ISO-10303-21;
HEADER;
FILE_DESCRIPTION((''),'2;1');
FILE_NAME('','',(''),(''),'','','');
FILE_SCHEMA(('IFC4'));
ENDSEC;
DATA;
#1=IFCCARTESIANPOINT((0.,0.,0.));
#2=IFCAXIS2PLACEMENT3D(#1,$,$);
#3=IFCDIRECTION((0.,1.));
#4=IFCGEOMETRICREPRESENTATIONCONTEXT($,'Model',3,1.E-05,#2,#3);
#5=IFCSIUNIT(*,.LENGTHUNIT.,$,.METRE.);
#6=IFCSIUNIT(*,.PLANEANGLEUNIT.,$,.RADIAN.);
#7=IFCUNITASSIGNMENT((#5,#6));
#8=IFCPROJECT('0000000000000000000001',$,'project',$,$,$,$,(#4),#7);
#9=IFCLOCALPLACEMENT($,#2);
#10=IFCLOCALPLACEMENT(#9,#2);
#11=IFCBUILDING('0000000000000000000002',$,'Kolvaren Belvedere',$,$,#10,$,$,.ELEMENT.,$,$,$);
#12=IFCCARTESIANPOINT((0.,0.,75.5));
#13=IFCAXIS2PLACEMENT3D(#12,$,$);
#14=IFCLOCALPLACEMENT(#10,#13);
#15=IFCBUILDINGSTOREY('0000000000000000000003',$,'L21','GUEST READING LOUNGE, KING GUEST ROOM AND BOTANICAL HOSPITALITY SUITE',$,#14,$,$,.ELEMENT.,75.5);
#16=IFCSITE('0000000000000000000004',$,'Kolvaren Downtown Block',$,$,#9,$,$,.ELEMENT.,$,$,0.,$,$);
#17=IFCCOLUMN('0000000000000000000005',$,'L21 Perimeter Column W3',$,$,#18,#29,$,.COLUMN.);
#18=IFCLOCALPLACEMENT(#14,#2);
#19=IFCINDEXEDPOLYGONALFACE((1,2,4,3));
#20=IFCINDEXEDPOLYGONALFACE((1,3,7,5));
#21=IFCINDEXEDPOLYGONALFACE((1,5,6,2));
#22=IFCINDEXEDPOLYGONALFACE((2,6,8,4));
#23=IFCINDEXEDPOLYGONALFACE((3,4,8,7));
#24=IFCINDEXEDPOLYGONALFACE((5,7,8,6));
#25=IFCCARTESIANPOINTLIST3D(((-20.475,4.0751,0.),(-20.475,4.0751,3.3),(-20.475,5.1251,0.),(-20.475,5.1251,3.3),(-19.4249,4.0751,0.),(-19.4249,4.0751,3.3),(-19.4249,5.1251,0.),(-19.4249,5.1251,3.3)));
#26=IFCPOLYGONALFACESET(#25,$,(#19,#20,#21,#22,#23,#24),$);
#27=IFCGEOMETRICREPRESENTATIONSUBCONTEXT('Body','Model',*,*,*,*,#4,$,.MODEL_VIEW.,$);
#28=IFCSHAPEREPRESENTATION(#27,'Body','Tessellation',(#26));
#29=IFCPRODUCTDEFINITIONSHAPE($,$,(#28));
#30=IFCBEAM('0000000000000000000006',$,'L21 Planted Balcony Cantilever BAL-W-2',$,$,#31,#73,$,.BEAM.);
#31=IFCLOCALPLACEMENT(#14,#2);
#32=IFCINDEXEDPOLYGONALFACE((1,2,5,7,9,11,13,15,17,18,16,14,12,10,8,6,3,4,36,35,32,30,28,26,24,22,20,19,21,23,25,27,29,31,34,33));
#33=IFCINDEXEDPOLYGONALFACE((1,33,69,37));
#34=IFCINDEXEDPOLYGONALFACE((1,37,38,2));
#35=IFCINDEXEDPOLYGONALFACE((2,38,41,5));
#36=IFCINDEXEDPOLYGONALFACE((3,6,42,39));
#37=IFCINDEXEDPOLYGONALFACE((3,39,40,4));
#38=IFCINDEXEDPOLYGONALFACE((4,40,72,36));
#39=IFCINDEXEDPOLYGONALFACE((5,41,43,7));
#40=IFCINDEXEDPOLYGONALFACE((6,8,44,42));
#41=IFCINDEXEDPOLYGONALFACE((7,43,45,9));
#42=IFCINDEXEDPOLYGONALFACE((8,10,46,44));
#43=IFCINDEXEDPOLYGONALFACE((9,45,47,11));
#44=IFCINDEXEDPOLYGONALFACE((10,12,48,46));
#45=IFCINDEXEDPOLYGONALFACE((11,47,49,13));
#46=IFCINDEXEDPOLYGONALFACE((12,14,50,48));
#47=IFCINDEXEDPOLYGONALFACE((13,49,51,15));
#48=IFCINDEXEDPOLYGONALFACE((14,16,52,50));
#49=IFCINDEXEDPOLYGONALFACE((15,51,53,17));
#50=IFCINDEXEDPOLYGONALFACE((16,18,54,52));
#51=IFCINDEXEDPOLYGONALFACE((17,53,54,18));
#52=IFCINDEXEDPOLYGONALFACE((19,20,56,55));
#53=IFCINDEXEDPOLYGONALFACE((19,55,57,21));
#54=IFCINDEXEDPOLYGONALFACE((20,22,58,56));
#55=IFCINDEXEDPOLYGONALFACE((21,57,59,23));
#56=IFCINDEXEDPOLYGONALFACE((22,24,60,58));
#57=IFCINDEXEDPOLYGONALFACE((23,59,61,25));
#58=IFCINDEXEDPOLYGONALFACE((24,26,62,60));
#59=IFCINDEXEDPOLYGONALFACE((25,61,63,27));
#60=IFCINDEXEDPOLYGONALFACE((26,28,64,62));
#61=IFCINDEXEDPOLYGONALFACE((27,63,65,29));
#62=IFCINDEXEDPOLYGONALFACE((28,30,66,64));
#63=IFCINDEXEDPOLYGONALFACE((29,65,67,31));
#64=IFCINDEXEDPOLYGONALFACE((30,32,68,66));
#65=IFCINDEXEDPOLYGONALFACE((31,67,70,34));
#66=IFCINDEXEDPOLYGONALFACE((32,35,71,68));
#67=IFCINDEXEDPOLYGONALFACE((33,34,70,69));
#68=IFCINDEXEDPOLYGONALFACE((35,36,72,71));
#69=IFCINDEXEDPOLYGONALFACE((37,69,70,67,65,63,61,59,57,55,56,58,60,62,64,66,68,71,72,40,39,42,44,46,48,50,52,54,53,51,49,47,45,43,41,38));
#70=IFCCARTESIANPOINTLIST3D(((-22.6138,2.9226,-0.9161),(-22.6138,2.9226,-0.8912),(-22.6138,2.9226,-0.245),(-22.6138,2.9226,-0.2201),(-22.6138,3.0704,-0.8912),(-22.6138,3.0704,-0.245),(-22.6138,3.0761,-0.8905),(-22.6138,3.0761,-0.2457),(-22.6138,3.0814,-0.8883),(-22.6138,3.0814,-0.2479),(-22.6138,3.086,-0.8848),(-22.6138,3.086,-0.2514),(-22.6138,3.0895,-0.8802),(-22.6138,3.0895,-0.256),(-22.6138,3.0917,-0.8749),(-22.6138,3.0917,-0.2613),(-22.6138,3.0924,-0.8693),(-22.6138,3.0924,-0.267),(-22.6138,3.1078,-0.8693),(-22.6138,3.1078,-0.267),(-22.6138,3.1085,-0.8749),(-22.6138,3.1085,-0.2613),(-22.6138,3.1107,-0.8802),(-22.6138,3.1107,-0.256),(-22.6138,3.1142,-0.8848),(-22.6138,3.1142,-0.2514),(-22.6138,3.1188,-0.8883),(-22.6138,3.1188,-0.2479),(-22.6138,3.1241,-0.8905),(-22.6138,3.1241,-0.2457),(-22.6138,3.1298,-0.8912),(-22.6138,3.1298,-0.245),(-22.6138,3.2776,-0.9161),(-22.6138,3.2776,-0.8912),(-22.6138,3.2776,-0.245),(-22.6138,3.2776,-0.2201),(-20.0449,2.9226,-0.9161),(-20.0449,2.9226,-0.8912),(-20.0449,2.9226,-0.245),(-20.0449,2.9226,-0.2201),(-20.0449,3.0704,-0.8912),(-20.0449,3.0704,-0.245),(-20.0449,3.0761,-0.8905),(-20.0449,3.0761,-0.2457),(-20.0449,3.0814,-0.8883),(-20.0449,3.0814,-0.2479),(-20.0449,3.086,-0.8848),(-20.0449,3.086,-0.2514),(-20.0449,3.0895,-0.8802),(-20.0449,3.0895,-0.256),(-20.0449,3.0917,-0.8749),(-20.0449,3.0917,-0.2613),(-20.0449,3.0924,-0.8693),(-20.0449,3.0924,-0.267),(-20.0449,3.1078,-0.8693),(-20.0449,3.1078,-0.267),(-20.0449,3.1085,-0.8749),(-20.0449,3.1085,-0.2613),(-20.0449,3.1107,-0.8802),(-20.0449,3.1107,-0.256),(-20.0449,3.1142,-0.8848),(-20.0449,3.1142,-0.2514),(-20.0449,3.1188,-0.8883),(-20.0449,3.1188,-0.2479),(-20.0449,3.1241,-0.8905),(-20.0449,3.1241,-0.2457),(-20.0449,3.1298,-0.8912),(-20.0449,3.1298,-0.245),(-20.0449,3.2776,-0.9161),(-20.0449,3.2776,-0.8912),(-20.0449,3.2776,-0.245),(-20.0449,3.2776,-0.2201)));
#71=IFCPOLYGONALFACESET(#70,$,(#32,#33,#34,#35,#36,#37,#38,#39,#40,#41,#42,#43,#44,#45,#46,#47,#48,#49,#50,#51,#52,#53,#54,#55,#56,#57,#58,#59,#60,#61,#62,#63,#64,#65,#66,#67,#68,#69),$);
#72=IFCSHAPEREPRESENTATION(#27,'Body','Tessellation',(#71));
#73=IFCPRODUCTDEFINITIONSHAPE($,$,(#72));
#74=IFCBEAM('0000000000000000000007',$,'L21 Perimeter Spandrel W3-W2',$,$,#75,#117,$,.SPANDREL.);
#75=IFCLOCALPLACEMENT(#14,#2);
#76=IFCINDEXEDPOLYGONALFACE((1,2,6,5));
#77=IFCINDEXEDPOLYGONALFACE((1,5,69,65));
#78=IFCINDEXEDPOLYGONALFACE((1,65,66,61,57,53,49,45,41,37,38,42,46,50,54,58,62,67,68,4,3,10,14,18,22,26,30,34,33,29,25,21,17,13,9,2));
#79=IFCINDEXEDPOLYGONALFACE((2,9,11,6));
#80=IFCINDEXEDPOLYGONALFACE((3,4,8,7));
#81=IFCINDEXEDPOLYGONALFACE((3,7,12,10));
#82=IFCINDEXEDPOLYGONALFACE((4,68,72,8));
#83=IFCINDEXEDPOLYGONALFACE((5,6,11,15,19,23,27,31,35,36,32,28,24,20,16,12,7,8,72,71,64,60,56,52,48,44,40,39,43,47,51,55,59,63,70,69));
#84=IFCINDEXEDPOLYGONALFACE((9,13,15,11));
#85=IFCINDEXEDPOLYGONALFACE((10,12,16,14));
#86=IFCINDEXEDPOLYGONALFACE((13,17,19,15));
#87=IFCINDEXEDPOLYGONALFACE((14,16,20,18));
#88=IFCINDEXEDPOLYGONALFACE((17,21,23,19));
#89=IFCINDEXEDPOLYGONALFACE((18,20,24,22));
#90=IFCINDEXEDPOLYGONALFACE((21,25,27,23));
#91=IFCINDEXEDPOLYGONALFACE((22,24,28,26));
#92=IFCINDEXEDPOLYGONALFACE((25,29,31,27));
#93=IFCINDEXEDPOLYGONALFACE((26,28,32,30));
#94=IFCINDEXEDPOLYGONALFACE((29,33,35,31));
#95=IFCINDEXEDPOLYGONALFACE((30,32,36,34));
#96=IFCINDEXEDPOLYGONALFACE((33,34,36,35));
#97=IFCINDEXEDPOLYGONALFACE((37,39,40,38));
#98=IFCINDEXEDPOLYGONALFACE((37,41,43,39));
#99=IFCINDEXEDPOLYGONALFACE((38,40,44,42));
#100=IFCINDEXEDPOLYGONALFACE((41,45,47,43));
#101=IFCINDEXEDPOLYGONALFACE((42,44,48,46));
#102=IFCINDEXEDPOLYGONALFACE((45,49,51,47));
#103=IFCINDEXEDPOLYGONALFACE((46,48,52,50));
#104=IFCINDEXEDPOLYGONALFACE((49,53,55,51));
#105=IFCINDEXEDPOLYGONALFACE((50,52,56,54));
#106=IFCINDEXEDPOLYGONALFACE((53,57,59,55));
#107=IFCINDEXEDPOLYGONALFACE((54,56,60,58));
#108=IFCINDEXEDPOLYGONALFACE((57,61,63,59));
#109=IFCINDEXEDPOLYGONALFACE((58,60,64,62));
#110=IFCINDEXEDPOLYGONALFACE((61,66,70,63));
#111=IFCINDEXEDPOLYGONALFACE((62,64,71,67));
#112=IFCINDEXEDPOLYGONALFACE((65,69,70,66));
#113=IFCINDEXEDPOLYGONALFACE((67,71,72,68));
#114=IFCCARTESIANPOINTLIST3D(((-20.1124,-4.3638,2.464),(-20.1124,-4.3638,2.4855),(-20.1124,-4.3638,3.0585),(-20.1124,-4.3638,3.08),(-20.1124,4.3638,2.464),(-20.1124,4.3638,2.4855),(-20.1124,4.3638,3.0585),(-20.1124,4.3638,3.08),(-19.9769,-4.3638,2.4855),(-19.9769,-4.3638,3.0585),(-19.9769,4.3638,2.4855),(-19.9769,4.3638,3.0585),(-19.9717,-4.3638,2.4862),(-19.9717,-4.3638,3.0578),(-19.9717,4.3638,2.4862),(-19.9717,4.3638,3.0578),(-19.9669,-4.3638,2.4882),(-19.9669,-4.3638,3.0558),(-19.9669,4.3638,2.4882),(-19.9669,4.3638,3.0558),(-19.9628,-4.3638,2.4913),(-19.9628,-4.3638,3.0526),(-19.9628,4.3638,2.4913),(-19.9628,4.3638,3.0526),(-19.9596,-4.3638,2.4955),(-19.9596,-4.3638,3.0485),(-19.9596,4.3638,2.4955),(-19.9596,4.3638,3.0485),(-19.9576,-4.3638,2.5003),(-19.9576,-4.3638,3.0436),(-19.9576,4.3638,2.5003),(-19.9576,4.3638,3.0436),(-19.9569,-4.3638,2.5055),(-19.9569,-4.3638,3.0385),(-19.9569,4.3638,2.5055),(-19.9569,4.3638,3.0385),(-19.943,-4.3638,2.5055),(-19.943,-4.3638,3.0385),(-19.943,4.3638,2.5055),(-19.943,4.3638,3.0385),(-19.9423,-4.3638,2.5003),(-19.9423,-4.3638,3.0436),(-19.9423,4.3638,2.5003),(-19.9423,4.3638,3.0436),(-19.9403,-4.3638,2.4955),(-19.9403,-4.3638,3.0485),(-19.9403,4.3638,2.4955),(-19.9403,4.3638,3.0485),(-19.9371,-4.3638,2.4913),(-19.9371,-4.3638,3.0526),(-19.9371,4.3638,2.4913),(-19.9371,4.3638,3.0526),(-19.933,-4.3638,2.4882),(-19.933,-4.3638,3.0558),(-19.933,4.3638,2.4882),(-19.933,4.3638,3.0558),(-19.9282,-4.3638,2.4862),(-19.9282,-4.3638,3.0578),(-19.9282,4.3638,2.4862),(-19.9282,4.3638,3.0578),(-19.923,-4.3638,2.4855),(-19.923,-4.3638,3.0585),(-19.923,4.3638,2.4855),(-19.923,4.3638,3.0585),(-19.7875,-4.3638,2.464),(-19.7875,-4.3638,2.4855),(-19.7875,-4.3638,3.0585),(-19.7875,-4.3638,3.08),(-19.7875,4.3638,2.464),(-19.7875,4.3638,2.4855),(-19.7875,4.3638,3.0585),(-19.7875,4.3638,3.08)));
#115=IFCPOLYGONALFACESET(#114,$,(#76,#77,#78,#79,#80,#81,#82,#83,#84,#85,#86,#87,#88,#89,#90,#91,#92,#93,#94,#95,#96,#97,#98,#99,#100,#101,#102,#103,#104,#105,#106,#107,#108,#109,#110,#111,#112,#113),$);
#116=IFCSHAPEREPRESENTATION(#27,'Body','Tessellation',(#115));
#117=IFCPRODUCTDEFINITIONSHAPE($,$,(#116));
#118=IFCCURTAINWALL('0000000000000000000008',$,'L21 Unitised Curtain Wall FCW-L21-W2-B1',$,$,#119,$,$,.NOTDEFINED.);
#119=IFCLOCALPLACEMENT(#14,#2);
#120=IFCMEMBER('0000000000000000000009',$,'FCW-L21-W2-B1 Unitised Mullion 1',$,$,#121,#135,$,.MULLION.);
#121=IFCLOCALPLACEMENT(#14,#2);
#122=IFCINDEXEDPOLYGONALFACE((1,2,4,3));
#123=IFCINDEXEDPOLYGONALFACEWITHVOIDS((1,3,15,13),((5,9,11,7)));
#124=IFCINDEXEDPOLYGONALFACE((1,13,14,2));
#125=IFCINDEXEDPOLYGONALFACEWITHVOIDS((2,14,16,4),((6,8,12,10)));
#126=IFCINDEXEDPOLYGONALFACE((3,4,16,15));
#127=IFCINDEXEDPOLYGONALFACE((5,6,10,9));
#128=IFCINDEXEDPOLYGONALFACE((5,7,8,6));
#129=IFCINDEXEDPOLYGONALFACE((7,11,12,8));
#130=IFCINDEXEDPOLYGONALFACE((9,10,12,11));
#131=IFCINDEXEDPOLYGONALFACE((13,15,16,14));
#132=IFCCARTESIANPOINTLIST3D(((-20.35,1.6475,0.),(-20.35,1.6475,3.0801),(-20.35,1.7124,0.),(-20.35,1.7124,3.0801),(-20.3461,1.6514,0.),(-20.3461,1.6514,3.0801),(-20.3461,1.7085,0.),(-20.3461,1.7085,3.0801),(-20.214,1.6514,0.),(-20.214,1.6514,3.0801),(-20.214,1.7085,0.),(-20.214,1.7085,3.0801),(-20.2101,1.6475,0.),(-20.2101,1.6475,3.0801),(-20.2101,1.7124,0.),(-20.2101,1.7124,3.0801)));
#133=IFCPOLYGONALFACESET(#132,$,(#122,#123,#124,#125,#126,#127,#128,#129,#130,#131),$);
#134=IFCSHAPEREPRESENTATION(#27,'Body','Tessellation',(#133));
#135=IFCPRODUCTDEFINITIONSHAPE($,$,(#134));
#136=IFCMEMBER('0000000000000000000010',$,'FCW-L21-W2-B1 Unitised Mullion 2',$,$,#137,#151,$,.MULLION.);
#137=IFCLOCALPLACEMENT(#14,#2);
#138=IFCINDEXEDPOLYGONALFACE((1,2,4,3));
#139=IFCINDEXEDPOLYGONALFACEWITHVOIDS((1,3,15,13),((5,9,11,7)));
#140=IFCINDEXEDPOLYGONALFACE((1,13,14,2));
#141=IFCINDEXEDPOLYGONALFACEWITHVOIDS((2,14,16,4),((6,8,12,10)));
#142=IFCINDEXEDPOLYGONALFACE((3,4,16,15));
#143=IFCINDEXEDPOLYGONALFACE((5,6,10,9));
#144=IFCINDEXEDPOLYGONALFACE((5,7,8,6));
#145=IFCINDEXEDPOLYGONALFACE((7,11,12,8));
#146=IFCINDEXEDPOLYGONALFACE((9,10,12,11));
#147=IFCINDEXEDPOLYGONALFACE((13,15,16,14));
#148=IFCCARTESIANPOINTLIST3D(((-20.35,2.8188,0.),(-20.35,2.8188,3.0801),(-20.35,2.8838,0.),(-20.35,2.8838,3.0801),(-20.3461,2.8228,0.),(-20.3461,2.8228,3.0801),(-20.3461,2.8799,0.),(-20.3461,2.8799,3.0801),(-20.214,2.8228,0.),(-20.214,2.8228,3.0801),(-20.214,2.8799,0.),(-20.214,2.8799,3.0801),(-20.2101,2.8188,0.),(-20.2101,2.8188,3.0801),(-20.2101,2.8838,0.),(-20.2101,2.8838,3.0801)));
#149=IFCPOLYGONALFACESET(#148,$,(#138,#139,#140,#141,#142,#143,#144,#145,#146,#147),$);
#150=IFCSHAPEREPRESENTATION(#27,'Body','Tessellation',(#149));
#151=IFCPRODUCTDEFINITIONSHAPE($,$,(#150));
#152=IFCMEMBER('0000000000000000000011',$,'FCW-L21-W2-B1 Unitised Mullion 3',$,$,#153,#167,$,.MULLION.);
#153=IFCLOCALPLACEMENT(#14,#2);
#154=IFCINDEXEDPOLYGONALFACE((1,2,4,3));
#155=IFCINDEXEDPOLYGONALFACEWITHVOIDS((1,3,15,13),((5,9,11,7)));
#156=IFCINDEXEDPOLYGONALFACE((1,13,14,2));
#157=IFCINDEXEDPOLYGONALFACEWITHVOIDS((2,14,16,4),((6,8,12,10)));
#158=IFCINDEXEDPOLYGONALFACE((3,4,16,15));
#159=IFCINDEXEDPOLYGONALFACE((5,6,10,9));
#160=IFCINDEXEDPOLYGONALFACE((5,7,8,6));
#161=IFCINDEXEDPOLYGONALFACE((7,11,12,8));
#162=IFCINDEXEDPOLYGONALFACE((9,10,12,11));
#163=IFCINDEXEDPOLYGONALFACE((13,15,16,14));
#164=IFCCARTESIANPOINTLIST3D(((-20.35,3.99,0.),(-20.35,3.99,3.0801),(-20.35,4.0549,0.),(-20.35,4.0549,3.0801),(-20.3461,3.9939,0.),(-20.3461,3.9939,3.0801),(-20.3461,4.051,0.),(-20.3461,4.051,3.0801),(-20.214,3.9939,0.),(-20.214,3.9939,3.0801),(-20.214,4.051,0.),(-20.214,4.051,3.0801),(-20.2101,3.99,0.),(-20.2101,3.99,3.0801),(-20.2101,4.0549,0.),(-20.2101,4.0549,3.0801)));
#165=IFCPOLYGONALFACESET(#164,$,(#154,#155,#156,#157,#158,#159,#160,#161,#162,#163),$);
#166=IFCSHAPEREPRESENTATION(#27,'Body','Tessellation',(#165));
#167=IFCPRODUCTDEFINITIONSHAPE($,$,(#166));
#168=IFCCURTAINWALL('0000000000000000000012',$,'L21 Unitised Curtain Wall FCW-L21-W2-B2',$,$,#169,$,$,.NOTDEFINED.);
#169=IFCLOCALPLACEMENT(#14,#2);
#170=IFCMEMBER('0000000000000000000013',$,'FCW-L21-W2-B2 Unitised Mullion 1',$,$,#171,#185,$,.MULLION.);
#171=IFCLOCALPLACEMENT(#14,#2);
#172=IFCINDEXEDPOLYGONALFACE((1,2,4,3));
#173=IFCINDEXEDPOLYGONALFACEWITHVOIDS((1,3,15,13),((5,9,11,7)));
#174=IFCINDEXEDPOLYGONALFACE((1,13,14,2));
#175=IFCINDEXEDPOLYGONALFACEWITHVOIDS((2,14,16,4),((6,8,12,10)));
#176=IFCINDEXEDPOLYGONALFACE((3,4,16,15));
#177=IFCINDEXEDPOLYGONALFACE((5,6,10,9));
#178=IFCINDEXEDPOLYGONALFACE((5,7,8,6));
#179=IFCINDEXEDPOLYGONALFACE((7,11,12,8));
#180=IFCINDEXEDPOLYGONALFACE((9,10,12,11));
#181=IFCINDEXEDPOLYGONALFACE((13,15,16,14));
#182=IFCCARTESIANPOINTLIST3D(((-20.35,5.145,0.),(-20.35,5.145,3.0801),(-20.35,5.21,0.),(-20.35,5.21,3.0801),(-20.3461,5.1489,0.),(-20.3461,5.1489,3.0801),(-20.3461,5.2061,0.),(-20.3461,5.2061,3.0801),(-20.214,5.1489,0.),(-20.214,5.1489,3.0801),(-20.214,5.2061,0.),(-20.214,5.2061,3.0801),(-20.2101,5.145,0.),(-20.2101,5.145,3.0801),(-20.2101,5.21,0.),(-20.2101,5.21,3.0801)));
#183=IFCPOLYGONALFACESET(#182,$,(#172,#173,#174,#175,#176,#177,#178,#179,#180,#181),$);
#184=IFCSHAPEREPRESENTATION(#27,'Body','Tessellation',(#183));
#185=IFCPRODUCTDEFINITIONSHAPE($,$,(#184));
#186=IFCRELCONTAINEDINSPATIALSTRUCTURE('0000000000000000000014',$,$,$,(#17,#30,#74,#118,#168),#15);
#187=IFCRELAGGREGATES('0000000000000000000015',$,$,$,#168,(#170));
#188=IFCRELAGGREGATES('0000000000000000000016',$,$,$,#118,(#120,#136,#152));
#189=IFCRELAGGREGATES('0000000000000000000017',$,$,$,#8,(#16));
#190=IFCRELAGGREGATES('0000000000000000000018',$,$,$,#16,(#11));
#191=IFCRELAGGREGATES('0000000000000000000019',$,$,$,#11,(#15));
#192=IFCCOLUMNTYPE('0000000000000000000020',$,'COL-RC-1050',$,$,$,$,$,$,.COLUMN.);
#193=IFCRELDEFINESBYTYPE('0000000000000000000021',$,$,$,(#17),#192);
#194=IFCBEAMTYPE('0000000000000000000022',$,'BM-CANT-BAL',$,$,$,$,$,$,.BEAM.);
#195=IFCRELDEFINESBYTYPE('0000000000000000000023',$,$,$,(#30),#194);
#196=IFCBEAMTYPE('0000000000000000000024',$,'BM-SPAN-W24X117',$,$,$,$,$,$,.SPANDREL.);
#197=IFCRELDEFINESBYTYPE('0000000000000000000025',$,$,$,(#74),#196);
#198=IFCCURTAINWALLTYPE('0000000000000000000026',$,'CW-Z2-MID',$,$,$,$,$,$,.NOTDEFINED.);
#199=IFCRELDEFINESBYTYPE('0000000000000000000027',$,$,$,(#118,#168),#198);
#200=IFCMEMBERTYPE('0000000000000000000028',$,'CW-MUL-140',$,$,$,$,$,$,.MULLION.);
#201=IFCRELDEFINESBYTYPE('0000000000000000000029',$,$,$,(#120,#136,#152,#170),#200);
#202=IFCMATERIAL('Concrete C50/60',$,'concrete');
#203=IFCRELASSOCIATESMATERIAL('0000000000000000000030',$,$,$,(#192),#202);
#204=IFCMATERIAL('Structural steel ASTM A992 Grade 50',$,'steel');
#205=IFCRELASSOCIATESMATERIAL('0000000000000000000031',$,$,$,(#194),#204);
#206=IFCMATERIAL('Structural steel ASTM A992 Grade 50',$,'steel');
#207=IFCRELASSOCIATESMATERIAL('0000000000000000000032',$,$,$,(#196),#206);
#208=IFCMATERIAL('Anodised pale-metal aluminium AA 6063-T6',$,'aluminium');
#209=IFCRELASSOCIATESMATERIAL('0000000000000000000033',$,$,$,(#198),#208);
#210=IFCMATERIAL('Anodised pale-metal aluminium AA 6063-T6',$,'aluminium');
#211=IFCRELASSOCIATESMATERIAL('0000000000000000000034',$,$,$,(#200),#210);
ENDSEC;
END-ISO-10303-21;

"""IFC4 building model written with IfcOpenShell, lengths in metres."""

from ifc_helpers import new_model, si_unit, direction, frame, origin, origin_2d, place, context, subcontext, project, spatial, rectangle, hollow_rectangle, i_section, extrude, material, material_profile, profile_set, type_object, element, aggregate, save


model = new_model("IFC4")

# Units and contexts
model_context = context("Model", 3, precision=1e-05, world=origin(), true_north=direction((0.0, 1.0)))
body_context = subcontext(model_context, "Body", "Model", "MODEL_VIEW")
ifc_project = project(units=[si_unit("LENGTHUNIT", "METRE"), si_unit("PLANEANGLEUNIT", "RADIAN")], contexts=[model_context])

# Site, building, storey
site_placement = place(None, origin())
site = spatial("IfcSite", under=ifc_project, at=site_placement, Name="Kolvaren Downtown Block", CompositionType="ELEMENT", RefElevation=0.0)
building_placement = place(site_placement, origin())
building = spatial("IfcBuilding", under=site, at=building_placement, Name="Kolvaren Belvedere", CompositionType="ELEMENT")
storey_placement = place(building_placement, frame((0.0, 0.0, 75.5)))
storey = spatial("IfcBuildingStorey", under=building, at=storey_placement, Name="L21", Description="GUEST READING LOUNGE, KING GUEST ROOM AND BOTANICAL HOSPITALITY SUITE", CompositionType="ELEMENT", Elevation=75.5)

# Column
ifc_material_1 = material(Name="Concrete C50/60", Category="concrete")
ifc_material_profile_1 = material_profile(ifc_material_1, rectangle(XDim=1.05, YDim=1.05, at=origin_2d()), Name="RC 1050X1050")
ifc_profile_set_1 = profile_set([ifc_material_profile_1], Name="Concrete C50/60")
column_type = type_object("IfcColumnType", Name="COL-RC-1050", PredefinedType="COLUMN", material=ifc_profile_set_1)
column_placement = place(storey_placement, frame((-19.95, 4.6001, 0.0), z_axis=(0.0, 0.0, 1.0), x_axis=(1.0, 0.0, 0.0)))
element("IfcColumn", 1, at=column_placement, inside=storey, type_object=column_type, Name="L21 Perimeter Column W3", PredefinedType="COLUMN", context=body_context, shape_type="SweptSolid", body=[
    extrude(rectangle(XDim=1.05, YDim=1.05, at=origin_2d()), origin(), (0.0, 0.0, 1.0), 3.3),
])

# Beams
ifc_material_2 = material(Name="Structural steel ASTM A992 Grade 50", Category="steel")
ifc_material_profile_2 = material_profile(ifc_material_2, i_section(OverallWidth=0.355, OverallDepth=0.696, WebThickness=0.0154, FlangeThickness=0.0249, FilletRadius=0.022, at=origin_2d()), Name="W27X146")
ifc_profile_set_2 = profile_set([ifc_material_profile_2], Name="Structural steel ASTM A992 Grade 50")
beam_type_1 = type_object("IfcBeamType", Name="BM-CANT-BAL", PredefinedType="BEAM", material=ifc_profile_set_2)
beam_1_placement = place(storey_placement, frame((-20.0449, 3.1001, -0.5681), z_axis=(-1.0, 0.0, 0.0), x_axis=(0.0, -1.0, 0.0)))
element("IfcBeam", 2, at=beam_1_placement, inside=storey, type_object=beam_type_1, Name="L21 Planted Balcony Cantilever BAL-W-2", PredefinedType="BEAM", context=body_context, shape_type="SweptSolid", body=[
    extrude(i_section(OverallWidth=0.355, OverallDepth=0.696, WebThickness=0.0154, FlangeThickness=0.0249, FilletRadius=0.022, at=origin_2d()), origin(), (0.0, 0.0, 1.0), 2.5688),
])
ifc_material_3 = material(Name="Structural steel ASTM A992 Grade 50", Category="steel")
ifc_material_profile_3 = material_profile(ifc_material_3, i_section(OverallWidth=0.325, OverallDepth=0.616, WebThickness=0.0139, FlangeThickness=0.0215, FilletRadius=0.02, at=origin_2d()), Name="W24X117")
ifc_profile_set_3 = profile_set([ifc_material_profile_3], Name="Structural steel ASTM A992 Grade 50")
beam_type_2 = type_object("IfcBeamType", Name="BM-SPAN-W24X117", PredefinedType="SPANDREL", material=ifc_profile_set_3)
beam_2_placement = place(storey_placement, frame((-19.95, 4.3638, 2.772), z_axis=(0.0, -1.0, 0.0), x_axis=(1.0, 0.0, 0.0)))
element("IfcBeam", 3, at=beam_2_placement, inside=storey, type_object=beam_type_2, Name="L21 Perimeter Spandrel W3-W2", PredefinedType="SPANDREL", context=body_context, shape_type="SweptSolid", body=[
    extrude(i_section(OverallWidth=0.325, OverallDepth=0.616, WebThickness=0.0139, FlangeThickness=0.0215, FilletRadius=0.02, at=origin_2d()), origin(), (0.0, 0.0, 1.0), 8.7275),
])

# Curtain wall, members
ifc_material_4 = material(Name="Anodised pale-metal aluminium AA 6063-T6", Category="aluminium")
curtain_wall_type = type_object("IfcCurtainWallType", Name="CW-Z2-MID", PredefinedType="NOTDEFINED", material=ifc_material_4)
curtain_wall_1_placement = place(storey_placement, origin())
curtain_wall_1 = element("IfcCurtainWall", 4, at=curtain_wall_1_placement, inside=storey, type_object=curtain_wall_type, Name="L21 Unitised Curtain Wall FCW-L21-W2-B1", PredefinedType="NOTDEFINED")
ifc_material_5 = material(Name="Anodised pale-metal aluminium AA 6063-T6", Category="aluminium")
ifc_material_profile_4 = material_profile(ifc_material_5, hollow_rectangle(XDim=0.0649, YDim=0.1399, WallThickness=0.0039, at=origin_2d()), Name="ALU-MUL-140X65")
ifc_profile_set_4 = profile_set([ifc_material_profile_4], Name="Anodised pale-metal aluminium AA 6063-T6")
member_type_1 = type_object("IfcMemberType", Name="CW-MUL-140", PredefinedType="MULLION", material=ifc_profile_set_4)
member_1_placement = place(storey_placement, frame((-20.28, 1.6799, 0.0), z_axis=(0.0, 0.0, 1.0), x_axis=(0.0, 1.0, 0.0)))
member_1 = element("IfcMember", 5, at=member_1_placement, type_object=member_type_1, Name="FCW-L21-W2-B1 Unitised Mullion 1", PredefinedType="MULLION", context=body_context, shape_type="SweptSolid", body=[
    extrude(hollow_rectangle(XDim=0.0649, YDim=0.1399, WallThickness=0.0039, at=origin_2d()), origin(), (0.0, 0.0, 1.0), 3.0801),
])
member_2_placement = place(storey_placement, frame((-20.28, 2.8513, 0.0), z_axis=(0.0, 0.0, 1.0), x_axis=(0.0, 1.0, 0.0)))
member_2 = element("IfcMember", 6, at=member_2_placement, type_object=member_type_1, Name="FCW-L21-W2-B1 Unitised Mullion 2", PredefinedType="MULLION", context=body_context, shape_type="SweptSolid", body=[
    extrude(hollow_rectangle(XDim=0.0649, YDim=0.1399, WallThickness=0.0039, at=origin_2d()), origin(), (0.0, 0.0, 1.0), 3.0801),
])
member_3_placement = place(storey_placement, frame((-20.28, 4.0225, 0.0), z_axis=(0.0, 0.0, 1.0), x_axis=(0.0, 1.0, 0.0)))
member_3 = element("IfcMember", 7, at=member_3_placement, type_object=member_type_1, Name="FCW-L21-W2-B1 Unitised Mullion 3", PredefinedType="MULLION", context=body_context, shape_type="SweptSolid", body=[
    extrude(hollow_rectangle(XDim=0.0649, YDim=0.1399, WallThickness=0.0039, at=origin_2d()), origin(), (0.0, 0.0, 1.0), 3.0801),
])

# Curtain wall, member
curtain_wall_2_placement = place(storey_placement, origin())
curtain_wall_2 = element("IfcCurtainWall", 8, at=curtain_wall_2_placement, inside=storey, type_object=curtain_wall_type, Name="L21 Unitised Curtain Wall FCW-L21-W2-B2", PredefinedType="NOTDEFINED")
member_4_placement = place(storey_placement, frame((-20.28, 5.1775, 0.0), z_axis=(0.0, 0.0, 1.0), x_axis=(0.0, 1.0, 0.0)))
member_4 = element("IfcMember", 9, at=member_4_placement, type_object=member_type_1, Name="FCW-L21-W2-B2 Unitised Mullion 1", PredefinedType="MULLION", context=body_context, shape_type="SweptSolid", body=[
    extrude(hollow_rectangle(XDim=0.0649, YDim=0.1399, WallThickness=0.0039, at=origin_2d()), origin(), (0.0, 0.0, 1.0), 3.0801),
])

aggregate(curtain_wall_2, [member_4])

aggregate(curtain_wall_1, [member_1, member_2, member_3])

save(model, "model.ifc")
